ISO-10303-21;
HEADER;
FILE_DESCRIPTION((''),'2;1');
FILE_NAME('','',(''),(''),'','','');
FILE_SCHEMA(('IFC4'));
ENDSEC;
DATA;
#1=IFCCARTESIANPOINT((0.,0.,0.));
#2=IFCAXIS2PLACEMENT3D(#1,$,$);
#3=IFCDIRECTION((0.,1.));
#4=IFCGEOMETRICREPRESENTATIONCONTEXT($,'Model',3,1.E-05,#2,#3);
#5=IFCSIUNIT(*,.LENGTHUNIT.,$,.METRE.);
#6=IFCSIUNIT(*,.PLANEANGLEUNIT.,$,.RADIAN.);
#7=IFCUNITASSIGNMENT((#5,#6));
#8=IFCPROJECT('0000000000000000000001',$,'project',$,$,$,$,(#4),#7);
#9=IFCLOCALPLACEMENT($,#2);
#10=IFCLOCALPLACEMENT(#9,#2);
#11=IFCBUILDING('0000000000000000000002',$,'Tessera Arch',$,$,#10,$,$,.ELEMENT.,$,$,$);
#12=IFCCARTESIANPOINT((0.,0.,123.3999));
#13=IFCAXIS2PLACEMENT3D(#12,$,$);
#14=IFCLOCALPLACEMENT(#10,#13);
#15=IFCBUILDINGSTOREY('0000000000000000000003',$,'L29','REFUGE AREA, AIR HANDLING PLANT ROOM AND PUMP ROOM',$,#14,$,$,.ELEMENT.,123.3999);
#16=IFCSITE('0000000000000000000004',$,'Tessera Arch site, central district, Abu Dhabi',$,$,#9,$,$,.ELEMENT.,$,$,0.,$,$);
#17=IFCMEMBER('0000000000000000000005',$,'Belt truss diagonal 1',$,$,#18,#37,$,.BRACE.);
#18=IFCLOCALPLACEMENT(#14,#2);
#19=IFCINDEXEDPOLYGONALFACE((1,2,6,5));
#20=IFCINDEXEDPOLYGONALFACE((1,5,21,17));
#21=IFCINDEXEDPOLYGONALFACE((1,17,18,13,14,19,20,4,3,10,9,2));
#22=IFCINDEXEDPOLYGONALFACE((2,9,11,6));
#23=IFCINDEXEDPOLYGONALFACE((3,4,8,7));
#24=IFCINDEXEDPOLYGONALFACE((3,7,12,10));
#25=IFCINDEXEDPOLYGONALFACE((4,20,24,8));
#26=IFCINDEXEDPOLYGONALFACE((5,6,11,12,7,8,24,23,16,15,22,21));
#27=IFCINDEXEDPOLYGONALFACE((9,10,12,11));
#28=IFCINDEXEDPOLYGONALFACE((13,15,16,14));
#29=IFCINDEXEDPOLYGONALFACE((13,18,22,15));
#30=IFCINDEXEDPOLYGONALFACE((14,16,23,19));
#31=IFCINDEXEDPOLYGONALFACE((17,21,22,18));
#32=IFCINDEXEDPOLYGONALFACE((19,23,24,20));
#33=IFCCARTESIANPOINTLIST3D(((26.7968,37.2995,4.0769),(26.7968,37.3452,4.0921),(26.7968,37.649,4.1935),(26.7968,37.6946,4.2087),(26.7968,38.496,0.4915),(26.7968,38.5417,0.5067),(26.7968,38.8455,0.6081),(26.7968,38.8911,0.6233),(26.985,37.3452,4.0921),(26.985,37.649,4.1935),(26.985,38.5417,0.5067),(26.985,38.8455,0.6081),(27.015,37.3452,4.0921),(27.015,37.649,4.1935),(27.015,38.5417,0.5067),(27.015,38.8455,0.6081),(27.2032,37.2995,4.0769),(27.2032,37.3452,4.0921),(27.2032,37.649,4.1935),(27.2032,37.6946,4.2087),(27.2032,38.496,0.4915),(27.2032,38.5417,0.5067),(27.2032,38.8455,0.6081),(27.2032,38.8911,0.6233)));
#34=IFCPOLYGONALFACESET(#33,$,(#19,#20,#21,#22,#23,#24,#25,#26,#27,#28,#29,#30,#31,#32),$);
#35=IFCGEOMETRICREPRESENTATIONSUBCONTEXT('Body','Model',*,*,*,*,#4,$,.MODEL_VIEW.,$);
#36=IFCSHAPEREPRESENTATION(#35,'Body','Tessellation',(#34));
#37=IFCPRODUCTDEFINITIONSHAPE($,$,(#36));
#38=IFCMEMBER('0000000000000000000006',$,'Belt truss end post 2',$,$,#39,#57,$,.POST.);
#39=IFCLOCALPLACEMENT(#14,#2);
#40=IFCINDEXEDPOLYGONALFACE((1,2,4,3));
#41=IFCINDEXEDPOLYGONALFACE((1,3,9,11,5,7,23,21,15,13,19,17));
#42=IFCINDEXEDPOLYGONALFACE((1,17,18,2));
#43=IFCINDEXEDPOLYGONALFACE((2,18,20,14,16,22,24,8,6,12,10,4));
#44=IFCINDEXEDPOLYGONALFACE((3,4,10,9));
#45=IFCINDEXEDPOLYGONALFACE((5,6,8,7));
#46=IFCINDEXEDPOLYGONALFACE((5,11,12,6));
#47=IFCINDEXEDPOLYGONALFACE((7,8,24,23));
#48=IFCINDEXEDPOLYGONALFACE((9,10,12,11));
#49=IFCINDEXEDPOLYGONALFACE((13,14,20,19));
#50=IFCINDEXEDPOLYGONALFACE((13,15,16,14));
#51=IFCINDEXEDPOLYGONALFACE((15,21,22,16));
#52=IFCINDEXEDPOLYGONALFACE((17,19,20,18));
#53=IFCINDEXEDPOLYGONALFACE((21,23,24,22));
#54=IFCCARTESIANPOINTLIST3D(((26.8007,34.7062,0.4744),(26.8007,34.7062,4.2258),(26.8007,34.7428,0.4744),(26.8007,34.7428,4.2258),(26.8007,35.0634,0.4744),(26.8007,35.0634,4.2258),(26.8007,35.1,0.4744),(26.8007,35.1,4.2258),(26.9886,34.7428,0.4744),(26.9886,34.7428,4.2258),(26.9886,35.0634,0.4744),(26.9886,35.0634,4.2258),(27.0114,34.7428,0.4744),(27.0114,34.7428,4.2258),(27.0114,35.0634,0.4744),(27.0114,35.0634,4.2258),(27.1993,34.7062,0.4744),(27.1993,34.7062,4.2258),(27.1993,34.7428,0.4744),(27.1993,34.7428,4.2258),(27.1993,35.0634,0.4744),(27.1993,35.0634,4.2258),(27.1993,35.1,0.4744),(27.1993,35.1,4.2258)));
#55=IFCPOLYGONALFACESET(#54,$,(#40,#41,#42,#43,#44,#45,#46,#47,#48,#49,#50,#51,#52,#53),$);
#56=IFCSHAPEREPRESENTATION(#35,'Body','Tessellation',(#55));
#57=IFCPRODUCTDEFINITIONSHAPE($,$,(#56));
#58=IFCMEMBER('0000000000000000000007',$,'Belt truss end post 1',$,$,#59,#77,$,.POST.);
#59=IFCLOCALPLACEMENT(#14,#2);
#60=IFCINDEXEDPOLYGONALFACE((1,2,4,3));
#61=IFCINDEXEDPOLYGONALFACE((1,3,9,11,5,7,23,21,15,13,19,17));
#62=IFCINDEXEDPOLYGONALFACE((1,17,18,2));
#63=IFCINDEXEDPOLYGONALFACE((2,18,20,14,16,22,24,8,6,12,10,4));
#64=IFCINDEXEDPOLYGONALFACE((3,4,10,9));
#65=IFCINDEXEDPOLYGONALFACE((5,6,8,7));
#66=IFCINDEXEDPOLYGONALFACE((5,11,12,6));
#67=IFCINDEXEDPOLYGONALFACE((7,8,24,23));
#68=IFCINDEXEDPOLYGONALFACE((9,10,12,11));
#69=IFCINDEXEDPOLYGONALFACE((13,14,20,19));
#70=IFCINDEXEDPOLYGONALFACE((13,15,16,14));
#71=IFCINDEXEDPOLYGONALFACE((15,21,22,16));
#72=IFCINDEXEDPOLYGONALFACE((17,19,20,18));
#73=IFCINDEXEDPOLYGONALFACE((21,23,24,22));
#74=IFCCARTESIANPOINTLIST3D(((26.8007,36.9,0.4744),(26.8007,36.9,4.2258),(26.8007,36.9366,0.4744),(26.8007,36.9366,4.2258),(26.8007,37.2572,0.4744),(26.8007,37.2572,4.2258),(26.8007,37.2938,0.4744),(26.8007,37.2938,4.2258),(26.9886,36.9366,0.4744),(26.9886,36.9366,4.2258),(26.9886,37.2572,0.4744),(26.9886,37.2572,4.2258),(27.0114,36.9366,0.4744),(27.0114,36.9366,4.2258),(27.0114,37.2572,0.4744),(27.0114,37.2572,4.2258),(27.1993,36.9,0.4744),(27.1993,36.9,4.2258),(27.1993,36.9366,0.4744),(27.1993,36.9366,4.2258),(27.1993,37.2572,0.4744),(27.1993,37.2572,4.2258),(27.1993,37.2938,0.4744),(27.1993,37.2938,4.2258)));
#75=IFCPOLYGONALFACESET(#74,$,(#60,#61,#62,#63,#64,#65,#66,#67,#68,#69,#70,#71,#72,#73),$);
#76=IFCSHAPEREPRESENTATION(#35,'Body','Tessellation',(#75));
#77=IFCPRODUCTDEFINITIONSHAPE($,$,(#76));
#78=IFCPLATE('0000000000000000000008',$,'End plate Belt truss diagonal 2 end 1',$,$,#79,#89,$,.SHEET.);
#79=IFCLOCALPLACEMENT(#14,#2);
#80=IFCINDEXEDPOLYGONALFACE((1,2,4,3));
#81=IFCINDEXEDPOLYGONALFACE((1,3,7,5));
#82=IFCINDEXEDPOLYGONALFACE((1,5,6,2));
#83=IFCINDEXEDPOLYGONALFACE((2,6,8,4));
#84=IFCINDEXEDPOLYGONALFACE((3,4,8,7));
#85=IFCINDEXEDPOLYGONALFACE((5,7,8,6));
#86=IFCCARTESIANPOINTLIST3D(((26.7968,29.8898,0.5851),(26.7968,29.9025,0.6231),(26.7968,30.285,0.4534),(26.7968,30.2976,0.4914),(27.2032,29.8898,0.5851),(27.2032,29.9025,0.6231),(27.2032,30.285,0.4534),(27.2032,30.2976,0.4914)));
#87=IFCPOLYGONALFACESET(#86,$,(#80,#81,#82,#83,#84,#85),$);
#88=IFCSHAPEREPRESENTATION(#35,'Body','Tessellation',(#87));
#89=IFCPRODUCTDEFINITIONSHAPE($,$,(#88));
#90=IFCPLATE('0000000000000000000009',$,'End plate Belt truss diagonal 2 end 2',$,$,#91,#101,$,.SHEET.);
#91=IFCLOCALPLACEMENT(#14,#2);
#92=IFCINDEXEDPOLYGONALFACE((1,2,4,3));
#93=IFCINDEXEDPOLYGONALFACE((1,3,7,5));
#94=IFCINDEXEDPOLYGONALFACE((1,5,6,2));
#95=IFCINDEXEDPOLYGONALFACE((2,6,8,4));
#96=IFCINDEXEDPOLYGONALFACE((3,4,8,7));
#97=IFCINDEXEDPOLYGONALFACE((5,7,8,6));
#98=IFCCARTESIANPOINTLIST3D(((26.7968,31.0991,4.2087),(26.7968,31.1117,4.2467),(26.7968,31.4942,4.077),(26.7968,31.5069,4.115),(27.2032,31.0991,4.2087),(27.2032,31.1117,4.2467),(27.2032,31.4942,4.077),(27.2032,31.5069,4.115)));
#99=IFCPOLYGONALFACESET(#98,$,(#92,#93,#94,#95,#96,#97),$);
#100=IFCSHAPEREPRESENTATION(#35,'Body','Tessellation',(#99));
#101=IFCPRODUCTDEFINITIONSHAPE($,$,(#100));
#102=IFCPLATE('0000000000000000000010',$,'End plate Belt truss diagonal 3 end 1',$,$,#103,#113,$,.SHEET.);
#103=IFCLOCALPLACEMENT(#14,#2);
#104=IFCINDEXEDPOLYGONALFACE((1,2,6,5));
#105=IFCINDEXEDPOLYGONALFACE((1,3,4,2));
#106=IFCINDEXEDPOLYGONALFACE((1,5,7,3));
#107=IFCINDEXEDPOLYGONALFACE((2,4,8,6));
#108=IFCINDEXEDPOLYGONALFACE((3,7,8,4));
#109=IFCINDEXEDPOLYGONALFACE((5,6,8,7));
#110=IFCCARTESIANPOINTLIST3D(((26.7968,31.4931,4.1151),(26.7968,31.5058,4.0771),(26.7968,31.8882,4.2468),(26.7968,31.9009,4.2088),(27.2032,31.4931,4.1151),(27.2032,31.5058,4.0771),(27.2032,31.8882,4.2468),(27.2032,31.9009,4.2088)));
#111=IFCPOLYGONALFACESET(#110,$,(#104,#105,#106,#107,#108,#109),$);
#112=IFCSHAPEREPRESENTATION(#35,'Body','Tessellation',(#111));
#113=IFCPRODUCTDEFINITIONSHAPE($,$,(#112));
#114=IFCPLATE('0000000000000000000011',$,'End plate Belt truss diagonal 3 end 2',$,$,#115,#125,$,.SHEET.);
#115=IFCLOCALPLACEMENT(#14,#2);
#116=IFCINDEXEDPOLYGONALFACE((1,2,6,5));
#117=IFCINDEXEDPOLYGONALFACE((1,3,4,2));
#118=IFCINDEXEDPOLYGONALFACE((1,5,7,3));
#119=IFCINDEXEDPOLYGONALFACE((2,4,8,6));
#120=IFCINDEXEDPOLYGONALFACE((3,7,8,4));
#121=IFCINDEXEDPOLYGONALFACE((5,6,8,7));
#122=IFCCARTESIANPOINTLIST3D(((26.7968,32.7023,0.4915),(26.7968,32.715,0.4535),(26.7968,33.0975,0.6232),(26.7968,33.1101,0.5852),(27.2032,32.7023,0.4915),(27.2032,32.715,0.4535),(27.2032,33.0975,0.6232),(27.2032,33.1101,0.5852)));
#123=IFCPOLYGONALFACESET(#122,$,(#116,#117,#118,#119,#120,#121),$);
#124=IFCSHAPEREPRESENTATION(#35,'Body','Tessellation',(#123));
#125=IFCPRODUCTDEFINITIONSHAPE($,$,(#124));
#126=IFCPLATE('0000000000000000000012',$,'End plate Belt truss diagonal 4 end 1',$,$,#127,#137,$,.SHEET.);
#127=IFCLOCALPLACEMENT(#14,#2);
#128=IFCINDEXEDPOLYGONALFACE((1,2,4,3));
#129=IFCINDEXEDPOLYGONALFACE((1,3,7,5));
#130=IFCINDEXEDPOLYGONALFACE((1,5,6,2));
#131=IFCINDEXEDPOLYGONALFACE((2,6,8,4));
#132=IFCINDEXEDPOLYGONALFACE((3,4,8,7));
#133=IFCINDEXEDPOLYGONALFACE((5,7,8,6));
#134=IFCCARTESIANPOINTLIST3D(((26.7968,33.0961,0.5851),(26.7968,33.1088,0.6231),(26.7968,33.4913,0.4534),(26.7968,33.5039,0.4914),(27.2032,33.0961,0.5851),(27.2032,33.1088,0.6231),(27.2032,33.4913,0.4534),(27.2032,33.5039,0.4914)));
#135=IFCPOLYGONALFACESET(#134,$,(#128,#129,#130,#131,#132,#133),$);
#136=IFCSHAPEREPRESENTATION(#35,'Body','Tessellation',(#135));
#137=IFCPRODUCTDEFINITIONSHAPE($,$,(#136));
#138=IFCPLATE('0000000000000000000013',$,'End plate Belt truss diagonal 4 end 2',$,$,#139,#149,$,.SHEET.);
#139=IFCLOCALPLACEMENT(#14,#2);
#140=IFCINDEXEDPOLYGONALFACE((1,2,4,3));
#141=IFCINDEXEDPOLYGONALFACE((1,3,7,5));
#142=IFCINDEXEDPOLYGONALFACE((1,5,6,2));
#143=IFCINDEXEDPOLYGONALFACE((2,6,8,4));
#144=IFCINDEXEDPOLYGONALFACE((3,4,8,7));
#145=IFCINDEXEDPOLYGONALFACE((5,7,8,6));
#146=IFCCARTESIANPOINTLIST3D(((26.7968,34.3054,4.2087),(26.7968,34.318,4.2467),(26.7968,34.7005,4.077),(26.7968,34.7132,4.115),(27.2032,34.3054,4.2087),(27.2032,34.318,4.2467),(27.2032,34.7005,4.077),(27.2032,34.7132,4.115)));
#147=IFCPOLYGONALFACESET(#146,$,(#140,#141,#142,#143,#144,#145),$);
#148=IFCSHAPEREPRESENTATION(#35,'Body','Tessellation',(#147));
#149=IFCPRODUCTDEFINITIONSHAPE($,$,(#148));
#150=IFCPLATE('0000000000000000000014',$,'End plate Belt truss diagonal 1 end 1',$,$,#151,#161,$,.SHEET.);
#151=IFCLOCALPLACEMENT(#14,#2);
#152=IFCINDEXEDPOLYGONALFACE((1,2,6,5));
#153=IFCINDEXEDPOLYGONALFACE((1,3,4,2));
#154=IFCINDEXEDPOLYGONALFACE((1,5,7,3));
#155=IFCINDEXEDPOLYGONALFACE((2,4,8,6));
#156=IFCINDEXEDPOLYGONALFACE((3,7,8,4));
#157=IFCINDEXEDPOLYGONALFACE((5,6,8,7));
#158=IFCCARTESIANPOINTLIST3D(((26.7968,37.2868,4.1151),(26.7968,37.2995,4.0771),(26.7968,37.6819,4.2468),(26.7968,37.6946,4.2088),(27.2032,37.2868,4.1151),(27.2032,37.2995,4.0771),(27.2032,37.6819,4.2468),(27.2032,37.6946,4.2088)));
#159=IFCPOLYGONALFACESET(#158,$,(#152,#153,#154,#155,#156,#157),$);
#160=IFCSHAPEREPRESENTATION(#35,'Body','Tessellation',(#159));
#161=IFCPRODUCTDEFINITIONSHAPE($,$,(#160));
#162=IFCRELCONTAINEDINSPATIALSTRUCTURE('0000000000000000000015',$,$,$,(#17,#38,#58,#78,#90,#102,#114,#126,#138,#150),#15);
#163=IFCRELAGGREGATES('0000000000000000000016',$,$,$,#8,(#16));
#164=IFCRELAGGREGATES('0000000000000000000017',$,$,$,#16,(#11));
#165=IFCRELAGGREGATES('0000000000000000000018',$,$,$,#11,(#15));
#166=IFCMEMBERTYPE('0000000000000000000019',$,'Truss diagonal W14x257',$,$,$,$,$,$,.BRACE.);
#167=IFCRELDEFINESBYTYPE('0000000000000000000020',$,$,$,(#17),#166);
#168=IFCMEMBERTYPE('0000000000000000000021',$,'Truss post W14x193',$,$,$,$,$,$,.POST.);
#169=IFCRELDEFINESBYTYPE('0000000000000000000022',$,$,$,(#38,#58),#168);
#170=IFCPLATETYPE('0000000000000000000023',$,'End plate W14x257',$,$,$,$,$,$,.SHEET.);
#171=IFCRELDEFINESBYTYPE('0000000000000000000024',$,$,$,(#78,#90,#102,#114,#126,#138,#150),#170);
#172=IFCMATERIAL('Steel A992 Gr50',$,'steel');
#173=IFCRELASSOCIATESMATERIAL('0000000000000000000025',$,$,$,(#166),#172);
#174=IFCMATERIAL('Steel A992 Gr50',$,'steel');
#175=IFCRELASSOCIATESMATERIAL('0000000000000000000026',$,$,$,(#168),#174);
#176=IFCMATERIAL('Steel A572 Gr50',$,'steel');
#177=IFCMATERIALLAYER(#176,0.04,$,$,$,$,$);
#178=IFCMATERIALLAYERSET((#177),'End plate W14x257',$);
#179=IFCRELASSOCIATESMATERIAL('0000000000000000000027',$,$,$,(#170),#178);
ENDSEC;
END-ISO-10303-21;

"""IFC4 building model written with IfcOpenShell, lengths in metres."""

from ifc_helpers import new_model, si_unit, direction, frame, origin, origin_2d, place, context, subcontext, project, spatial, rectangle, i_section, extrude, material, layer, layer_set, material_profile, profile_set, type_object, element, save


model = new_model("IFC4")

# Units and contexts
model_context = context("Model", 3, precision=1e-05, world=origin(), true_north=direction((0.0, 1.0)))
body_context = subcontext(model_context, "Body", "Model", "MODEL_VIEW")
ifc_project = project(units=[si_unit("LENGTHUNIT", "METRE"), si_unit("PLANEANGLEUNIT", "RADIAN")], contexts=[model_context])

# Site, building, storey
site_placement = place(None, origin())
site = spatial("IfcSite", under=ifc_project, at=site_placement, Name="Tessera Arch site, central district, Abu Dhabi", CompositionType="ELEMENT", RefElevation=0.0)
building_placement = place(site_placement, origin())
building = spatial("IfcBuilding", under=site, at=building_placement, Name="Tessera Arch", CompositionType="ELEMENT")
storey_placement = place(building_placement, frame((0.0, 0.0, 123.3999)))
storey = spatial("IfcBuildingStorey", under=building, at=storey_placement, Name="L29", Description="REFUGE AREA, AIR HANDLING PLANT ROOM AND PUMP ROOM", CompositionType="ELEMENT", Elevation=123.3999)

# Members
ifc_material_1 = material(Name="Steel A992 Gr50", Category="steel")
ifc_material_profile_1 = material_profile(ifc_material_1, i_section(OverallWidth=0.4065, OverallDepth=0.4165, WebThickness=0.03, FlangeThickness=0.0481, at=origin_2d()), Name="W14x257")
ifc_profile_set_1 = profile_set([ifc_material_profile_1], Name="Steel A992 Gr50")
member_type_1 = type_object("IfcMemberType", Name="Truss diagonal W14x257", PredefinedType="BRACE", material=ifc_profile_set_1)
for number, where, z_axis, x_axis, name in (
    (1, (27.0, 37.4971, 4.1428), (0.0, 0.316557, -0.948573), (-1.0, 0.0, 0.0), "Belt truss diagonal 1"),
):
    element("IfcMember", number, at=place(storey_placement, frame(where, z_axis=z_axis, x_axis=x_axis)), inside=storey, type_object=member_type_1, Name=name, PredefinedType="BRACE", context=body_context, shape_type="SweptSolid", body=[
        extrude(i_section(OverallWidth=0.4065, OverallDepth=0.4165, WebThickness=0.03, FlangeThickness=0.0481, at=origin_2d()), origin(), (0.0, 0.0, 1.0), 3.7798),
    ])
ifc_material_2 = material(Name="Steel A992 Gr50", Category="steel")
ifc_material_profile_2 = material_profile(ifc_material_2, i_section(OverallWidth=0.3987, OverallDepth=0.3938, WebThickness=0.0227, FlangeThickness=0.0366, at=origin_2d()), Name="W14x193")
ifc_profile_set_2 = profile_set([ifc_material_profile_2], Name="Steel A992 Gr50")
member_type_2 = type_object("IfcMemberType", Name="Truss post W14x193", PredefinedType="POST", material=ifc_profile_set_2)
for number, where, z_axis, x_axis, name in (
    (2, (27.0, 34.9031, 0.4744), (0.0, 0.0, 1.0), (1.0, 0.0, 0.0), "Belt truss end post 2"),
    (3, (27.0, 37.0969, 0.4744), (0.0, 0.0, 1.0), (1.0, 0.0, 0.0), "Belt truss end post 1"),
):
    element("IfcMember", number, at=place(storey_placement, frame(where, z_axis=z_axis, x_axis=x_axis)), inside=storey, type_object=member_type_2, Name=name, PredefinedType="POST", context=body_context, shape_type="SweptSolid", body=[
        extrude(i_section(OverallWidth=0.3987, OverallDepth=0.3938, WebThickness=0.0227, FlangeThickness=0.0366, at=origin_2d()), origin(), (0.0, 0.0, 1.0), 3.7515),
    ])

# Plates
ifc_material_3 = material(Name="Steel A572 Gr50", Category="steel")
ifc_layer = layer(ifc_material_3, 0.04)
ifc_layer_set = layer_set([ifc_layer], Name="End plate W14x257")
plate_type = type_object("IfcPlateType", Name="End plate W14x257", PredefinedType="SHEET", material=ifc_layer_set)
for number, where, z_axis, x_axis, name in (
    (4, (27.0, 30.0874, 0.5193), (0.0, 0.316228, 0.948683), (-1.0, 0.0, 0.0), "End plate Belt truss diagonal 2 end 1"),
    (5, (27.0, 31.2966, 4.1428), (0.0, 0.316228, 0.948683), (-1.0, 0.0, 0.0), "End plate Belt truss diagonal 2 end 2"),
    (6, (27.0, 31.6907, 4.1809), (0.0, 0.316228, -0.948683), (-1.0, 0.0, 0.0), "End plate Belt truss diagonal 3 end 1"),
    (7, (27.0, 32.8999, 0.5574), (0.0, 0.316228, -0.948683), (-1.0, 0.0, 0.0), "End plate Belt truss diagonal 3 end 2"),
    (8, (27.0, 33.2937, 0.5193), (0.0, 0.316228, 0.948683), (-1.0, 0.0, 0.0), "End plate Belt truss diagonal 4 end 1"),
    (9, (27.0, 34.5029, 4.1428), (0.0, 0.316228, 0.948683), (-1.0, 0.0, 0.0), "End plate Belt truss diagonal 4 end 2"),
    (10, (27.0, 37.4844, 4.1809), (0.0, 0.316228, -0.948683), (-1.0, 0.0, 0.0), "End plate Belt truss diagonal 1 end 1"),
):
    element("IfcPlate", number, at=place(storey_placement, frame(where, z_axis=z_axis, x_axis=x_axis)), inside=storey, type_object=plate_type, Name=name, PredefinedType="SHEET", context=body_context, shape_type="SweptSolid", body=[
        extrude(rectangle(XDim=0.4065, YDim=0.4165, at=origin_2d()), origin(), (0.0, 0.0, 1.0), 0.04),
    ])

save(model, "model.ifc")
